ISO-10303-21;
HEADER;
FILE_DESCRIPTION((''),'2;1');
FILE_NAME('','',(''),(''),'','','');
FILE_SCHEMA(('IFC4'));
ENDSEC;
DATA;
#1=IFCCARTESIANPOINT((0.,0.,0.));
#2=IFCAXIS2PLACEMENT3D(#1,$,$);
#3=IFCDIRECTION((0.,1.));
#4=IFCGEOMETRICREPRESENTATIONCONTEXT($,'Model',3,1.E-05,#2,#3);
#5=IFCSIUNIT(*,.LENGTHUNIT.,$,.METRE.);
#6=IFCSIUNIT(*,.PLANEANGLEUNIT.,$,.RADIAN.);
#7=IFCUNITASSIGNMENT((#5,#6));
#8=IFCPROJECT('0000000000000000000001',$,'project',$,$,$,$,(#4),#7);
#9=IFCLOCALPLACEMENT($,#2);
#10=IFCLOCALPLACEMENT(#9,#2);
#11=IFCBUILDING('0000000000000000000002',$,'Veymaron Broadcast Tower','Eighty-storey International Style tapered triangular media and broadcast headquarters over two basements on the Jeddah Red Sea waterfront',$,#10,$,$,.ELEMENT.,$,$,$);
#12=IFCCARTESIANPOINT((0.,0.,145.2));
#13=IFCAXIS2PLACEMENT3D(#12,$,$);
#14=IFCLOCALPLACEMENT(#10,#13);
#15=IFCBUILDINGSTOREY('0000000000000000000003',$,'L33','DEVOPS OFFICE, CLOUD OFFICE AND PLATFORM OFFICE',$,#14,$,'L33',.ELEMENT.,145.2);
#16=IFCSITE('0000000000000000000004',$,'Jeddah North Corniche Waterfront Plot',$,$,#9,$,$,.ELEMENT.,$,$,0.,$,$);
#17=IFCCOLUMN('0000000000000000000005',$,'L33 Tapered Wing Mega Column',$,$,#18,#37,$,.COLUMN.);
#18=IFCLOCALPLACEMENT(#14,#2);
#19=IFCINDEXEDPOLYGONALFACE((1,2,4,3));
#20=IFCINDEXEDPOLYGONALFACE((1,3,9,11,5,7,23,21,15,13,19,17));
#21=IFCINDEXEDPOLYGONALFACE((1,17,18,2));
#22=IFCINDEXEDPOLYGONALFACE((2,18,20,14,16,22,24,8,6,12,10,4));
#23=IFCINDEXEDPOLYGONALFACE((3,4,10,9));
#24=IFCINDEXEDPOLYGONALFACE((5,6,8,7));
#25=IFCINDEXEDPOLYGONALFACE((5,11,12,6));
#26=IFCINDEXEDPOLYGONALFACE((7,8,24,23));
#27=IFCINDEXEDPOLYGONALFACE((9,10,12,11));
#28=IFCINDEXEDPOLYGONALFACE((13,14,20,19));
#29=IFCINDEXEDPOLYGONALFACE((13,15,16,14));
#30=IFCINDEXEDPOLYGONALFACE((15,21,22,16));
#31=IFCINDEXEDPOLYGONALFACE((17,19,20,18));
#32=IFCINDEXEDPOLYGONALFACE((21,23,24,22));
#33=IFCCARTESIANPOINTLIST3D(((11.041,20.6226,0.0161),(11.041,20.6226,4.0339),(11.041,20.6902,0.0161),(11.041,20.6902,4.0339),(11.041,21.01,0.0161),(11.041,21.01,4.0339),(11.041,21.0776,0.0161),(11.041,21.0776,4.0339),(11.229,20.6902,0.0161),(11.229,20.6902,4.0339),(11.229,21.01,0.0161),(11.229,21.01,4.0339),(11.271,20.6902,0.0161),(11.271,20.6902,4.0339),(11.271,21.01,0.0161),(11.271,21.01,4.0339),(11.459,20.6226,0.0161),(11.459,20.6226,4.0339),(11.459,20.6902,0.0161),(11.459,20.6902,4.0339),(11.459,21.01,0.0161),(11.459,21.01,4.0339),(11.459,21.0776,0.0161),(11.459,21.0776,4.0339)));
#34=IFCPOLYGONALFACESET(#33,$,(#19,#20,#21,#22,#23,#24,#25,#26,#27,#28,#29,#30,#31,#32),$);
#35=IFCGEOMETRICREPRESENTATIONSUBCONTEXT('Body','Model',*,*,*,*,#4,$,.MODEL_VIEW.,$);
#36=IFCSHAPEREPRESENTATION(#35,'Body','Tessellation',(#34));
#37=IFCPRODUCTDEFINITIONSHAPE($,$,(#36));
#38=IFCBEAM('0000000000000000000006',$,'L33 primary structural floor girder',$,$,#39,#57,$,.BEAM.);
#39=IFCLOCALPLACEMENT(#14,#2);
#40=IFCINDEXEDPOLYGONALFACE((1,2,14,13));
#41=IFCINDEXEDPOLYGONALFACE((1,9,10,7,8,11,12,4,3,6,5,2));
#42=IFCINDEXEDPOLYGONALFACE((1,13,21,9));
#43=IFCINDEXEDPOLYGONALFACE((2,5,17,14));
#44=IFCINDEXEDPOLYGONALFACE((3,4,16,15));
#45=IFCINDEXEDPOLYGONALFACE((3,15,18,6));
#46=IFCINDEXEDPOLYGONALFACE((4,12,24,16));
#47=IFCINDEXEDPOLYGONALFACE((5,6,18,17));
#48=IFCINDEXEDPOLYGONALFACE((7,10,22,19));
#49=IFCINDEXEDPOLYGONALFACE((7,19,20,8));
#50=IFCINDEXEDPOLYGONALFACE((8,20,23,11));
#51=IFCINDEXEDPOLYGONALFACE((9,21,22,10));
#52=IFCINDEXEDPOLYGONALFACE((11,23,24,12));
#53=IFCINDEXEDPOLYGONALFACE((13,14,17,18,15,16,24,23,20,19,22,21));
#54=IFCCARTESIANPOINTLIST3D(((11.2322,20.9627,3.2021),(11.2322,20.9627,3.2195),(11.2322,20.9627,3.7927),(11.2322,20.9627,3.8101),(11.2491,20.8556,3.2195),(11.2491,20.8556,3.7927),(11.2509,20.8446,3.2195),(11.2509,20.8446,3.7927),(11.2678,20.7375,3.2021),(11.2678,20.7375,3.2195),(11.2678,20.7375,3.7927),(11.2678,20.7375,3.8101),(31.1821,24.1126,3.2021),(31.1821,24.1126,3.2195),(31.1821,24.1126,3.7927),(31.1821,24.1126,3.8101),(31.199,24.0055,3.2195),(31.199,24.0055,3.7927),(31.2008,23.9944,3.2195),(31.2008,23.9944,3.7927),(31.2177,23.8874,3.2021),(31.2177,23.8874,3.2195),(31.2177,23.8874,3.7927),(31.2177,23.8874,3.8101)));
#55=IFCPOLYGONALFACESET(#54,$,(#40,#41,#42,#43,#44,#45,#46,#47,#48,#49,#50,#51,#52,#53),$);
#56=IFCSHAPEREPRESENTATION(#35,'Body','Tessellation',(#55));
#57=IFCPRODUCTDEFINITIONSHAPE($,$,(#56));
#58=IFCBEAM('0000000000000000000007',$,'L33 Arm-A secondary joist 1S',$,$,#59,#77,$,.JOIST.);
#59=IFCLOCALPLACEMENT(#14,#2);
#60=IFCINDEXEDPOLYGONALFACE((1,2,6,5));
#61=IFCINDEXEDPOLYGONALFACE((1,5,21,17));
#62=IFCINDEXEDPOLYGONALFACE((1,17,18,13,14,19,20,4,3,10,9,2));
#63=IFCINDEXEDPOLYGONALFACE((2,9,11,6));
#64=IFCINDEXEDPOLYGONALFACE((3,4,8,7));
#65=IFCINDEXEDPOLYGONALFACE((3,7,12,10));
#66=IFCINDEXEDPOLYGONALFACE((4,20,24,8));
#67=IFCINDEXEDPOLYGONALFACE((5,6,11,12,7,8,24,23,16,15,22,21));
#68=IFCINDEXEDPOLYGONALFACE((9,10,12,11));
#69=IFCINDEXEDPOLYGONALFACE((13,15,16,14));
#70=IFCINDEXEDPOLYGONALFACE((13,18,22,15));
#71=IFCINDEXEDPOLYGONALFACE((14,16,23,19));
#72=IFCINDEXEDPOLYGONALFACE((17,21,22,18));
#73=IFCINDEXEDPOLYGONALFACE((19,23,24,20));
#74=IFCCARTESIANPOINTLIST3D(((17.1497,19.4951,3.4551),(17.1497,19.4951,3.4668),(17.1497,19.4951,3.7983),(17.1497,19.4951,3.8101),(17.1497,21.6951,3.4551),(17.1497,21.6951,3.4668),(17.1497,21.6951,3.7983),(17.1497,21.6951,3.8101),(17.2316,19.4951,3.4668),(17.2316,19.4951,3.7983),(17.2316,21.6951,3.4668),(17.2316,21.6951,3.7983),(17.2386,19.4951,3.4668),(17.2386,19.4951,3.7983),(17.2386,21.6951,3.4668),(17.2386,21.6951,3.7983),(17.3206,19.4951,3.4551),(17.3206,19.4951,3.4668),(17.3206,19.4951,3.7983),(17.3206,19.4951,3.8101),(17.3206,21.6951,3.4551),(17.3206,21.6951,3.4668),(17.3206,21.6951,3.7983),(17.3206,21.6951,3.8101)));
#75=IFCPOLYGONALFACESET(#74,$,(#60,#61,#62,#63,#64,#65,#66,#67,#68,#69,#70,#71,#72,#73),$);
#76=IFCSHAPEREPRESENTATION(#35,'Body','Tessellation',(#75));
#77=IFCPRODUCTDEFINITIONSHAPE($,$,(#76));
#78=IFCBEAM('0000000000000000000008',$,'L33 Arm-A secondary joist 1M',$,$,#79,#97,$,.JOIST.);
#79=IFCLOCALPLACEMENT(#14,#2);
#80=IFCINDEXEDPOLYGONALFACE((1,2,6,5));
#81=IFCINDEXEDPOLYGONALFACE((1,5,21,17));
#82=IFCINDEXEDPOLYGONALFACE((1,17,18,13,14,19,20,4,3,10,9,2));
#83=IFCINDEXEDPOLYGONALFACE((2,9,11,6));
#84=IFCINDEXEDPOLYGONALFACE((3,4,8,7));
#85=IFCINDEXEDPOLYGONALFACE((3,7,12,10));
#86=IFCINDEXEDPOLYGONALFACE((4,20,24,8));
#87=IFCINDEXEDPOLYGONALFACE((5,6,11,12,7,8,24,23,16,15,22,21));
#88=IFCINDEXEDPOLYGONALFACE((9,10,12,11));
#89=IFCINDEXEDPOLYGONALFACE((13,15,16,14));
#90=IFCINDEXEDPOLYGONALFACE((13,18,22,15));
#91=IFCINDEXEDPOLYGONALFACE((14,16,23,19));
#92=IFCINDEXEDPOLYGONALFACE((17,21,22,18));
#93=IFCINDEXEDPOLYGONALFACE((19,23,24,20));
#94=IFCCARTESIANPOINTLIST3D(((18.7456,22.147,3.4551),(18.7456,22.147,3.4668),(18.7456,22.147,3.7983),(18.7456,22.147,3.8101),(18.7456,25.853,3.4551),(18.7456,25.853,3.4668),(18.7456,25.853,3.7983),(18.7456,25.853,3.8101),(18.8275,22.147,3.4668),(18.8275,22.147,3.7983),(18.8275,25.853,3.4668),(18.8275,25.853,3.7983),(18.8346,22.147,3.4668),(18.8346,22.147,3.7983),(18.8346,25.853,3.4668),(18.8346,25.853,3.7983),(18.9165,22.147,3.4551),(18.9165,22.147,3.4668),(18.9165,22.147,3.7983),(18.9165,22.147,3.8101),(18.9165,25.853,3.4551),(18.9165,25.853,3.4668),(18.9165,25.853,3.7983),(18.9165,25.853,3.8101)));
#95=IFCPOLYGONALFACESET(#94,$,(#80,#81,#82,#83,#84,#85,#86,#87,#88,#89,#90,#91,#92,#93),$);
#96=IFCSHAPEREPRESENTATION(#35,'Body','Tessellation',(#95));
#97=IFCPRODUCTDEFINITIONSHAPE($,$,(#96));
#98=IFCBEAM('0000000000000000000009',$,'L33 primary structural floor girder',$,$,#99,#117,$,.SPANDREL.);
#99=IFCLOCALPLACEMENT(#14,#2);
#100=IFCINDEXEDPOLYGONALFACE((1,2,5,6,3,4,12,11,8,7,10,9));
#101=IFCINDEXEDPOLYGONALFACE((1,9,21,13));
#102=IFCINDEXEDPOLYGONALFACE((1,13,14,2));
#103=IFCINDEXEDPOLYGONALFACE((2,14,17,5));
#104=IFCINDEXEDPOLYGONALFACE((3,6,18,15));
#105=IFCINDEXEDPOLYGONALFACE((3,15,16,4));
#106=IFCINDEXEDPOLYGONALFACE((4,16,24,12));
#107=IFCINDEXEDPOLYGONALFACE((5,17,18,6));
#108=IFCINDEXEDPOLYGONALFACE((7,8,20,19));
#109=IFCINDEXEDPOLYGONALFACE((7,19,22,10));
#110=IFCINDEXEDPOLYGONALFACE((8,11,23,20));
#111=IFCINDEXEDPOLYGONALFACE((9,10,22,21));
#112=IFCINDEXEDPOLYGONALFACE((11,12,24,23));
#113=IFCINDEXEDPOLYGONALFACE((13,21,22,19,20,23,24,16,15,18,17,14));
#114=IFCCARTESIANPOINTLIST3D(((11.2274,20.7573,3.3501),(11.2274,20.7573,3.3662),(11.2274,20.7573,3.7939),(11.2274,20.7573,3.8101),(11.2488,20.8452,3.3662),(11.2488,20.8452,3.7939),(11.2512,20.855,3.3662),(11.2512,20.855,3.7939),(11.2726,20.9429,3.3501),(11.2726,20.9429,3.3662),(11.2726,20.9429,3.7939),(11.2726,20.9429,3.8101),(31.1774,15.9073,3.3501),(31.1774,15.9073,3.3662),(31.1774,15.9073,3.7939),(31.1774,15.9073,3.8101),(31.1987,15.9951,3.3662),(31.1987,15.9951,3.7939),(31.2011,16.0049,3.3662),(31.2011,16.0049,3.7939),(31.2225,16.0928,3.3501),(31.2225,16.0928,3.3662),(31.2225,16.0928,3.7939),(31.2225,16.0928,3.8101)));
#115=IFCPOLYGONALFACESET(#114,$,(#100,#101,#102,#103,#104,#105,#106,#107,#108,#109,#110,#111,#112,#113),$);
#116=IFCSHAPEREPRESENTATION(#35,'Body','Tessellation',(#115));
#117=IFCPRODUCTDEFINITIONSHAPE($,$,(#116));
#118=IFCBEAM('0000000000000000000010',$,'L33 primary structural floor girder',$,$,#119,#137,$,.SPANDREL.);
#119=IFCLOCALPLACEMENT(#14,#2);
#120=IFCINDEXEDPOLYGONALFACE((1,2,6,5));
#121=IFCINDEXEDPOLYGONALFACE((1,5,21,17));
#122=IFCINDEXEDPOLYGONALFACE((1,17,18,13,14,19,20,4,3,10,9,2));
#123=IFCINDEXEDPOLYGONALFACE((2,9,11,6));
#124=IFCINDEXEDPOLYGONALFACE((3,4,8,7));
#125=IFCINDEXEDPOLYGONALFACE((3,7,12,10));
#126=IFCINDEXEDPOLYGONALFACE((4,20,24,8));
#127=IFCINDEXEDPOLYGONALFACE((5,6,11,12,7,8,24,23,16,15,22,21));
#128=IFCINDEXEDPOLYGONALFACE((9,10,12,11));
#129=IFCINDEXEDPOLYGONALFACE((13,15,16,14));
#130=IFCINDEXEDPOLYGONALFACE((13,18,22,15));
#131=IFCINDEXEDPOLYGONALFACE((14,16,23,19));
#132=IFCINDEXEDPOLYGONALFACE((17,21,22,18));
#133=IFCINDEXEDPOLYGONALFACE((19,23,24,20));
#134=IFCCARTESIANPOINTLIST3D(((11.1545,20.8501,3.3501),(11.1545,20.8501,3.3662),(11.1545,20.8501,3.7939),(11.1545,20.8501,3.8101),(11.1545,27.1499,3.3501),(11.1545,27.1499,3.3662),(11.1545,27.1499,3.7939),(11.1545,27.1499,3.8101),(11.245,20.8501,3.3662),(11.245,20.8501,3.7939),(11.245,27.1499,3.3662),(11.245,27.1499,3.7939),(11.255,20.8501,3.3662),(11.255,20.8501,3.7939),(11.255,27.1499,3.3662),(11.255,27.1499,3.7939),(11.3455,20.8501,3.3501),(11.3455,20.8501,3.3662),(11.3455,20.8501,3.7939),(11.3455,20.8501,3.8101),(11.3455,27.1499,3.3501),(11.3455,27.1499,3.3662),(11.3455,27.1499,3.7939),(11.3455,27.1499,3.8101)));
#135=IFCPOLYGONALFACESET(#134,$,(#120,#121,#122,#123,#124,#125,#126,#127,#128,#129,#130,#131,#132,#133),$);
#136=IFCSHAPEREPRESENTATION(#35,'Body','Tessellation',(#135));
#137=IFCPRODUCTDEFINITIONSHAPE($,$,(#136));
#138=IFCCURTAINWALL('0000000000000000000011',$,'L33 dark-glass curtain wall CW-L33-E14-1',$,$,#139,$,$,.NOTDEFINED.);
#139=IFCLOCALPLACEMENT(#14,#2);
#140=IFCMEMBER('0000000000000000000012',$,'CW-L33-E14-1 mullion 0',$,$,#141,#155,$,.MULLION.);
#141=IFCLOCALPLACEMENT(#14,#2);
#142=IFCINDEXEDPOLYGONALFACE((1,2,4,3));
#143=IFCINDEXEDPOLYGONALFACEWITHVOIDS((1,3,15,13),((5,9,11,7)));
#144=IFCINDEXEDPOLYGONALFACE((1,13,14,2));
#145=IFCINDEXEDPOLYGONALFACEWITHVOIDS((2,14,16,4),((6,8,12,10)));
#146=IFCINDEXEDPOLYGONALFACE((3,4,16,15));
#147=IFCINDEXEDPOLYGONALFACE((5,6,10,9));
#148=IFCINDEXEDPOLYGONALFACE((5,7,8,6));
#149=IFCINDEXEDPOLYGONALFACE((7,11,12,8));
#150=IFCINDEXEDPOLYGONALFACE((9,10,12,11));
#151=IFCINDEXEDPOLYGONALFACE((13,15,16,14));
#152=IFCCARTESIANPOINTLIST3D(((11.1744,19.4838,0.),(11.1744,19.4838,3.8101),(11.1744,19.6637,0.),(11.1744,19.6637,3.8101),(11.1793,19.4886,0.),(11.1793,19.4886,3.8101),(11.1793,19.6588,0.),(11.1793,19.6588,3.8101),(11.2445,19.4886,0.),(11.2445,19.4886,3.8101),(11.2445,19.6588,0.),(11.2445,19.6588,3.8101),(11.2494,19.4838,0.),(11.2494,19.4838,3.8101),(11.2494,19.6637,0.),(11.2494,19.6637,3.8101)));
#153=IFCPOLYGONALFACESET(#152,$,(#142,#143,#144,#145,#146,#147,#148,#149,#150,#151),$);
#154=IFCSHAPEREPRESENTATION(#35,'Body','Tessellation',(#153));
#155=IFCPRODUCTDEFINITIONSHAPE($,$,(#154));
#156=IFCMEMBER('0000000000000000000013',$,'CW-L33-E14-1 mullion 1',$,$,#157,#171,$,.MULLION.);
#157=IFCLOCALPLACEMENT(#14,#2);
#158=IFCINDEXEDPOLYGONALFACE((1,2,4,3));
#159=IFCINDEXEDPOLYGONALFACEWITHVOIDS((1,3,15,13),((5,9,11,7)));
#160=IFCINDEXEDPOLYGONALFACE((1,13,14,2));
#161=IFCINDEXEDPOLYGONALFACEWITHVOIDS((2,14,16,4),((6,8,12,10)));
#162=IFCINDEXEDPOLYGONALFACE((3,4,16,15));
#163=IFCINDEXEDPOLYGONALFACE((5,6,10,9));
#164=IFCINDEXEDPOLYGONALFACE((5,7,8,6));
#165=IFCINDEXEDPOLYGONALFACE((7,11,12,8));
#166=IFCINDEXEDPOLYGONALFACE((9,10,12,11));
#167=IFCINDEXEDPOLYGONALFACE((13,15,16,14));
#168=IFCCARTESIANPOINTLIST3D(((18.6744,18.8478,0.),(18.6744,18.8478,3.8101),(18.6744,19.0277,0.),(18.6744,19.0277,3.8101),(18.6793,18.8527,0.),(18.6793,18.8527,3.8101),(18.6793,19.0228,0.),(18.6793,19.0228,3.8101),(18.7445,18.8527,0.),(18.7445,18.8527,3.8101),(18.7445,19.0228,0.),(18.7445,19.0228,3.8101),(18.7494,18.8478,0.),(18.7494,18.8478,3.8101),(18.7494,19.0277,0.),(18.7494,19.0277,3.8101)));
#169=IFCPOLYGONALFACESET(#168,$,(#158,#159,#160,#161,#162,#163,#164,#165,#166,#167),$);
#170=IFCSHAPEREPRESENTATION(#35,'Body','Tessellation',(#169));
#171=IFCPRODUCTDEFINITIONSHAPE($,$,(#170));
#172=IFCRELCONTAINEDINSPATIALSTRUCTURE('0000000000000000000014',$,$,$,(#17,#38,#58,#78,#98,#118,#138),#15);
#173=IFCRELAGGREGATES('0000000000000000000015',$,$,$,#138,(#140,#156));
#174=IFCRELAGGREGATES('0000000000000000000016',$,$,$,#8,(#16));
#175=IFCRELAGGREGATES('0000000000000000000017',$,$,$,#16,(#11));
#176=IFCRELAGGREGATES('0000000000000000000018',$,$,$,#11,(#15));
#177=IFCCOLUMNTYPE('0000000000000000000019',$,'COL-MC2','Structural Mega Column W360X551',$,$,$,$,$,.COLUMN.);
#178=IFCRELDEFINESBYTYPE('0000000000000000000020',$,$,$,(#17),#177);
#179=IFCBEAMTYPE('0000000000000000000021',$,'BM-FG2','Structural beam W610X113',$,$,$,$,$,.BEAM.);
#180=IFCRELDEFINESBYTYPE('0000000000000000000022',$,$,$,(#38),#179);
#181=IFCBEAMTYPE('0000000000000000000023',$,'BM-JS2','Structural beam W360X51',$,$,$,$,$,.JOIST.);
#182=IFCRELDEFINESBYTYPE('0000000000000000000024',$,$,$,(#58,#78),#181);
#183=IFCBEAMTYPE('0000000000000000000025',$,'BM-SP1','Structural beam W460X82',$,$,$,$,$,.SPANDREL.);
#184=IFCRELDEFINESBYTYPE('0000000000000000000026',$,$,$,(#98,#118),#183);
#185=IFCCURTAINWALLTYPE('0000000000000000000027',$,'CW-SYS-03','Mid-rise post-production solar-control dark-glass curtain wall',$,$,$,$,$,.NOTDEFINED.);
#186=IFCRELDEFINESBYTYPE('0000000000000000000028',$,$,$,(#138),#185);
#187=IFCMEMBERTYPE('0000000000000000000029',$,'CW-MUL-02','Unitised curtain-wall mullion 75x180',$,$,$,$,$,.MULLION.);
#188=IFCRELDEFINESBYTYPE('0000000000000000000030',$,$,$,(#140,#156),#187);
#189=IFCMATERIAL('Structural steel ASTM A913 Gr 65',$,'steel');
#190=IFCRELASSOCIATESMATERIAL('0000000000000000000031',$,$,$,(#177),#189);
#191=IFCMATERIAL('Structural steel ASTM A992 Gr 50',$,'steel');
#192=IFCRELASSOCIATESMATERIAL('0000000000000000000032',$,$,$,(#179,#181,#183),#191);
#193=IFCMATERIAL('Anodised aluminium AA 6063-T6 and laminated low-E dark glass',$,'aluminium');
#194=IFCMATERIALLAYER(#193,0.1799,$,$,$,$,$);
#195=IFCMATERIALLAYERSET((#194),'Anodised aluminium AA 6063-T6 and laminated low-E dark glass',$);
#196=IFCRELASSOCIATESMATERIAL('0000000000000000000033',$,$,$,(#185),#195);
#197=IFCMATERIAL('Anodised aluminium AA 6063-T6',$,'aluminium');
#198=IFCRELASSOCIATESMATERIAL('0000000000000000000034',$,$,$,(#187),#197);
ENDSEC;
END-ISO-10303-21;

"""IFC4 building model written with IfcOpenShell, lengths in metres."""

from ifc_helpers import new_model, si_unit, direction, frame, origin, origin_2d, place, context, subcontext, project, spatial, hollow_rectangle, i_section, extrude, material, layer, layer_set, material_profile, profile_set, type_object, element, aggregate, save


model = new_model("IFC4")

# Units and contexts
model_context = context("Model", 3, precision=1e-05, world=origin(), true_north=direction((0.0, 1.0)))
body_context = subcontext(model_context, "Body", "Model", "MODEL_VIEW")
ifc_project = project(units=[si_unit("LENGTHUNIT", "METRE"), si_unit("PLANEANGLEUNIT", "RADIAN")], contexts=[model_context])

# Site, building, storey
site_placement = place(None, origin())
site = spatial("IfcSite", under=ifc_project, at=site_placement, Name="Jeddah North Corniche Waterfront Plot", CompositionType="ELEMENT", RefElevation=0.0)
building_placement = place(site_placement, origin())
building = spatial("IfcBuilding", under=site, at=building_placement, Name="Veymaron Broadcast Tower", Description="Eighty-storey International Style tapered triangular media and broadcast headquarters over two basements on the Jeddah Red Sea waterfront", CompositionType="ELEMENT")
storey_placement = place(building_placement, frame((0.0, 0.0, 145.2)))
storey = spatial("IfcBuildingStorey", under=building, at=storey_placement, Name="L33", Description="DEVOPS OFFICE, CLOUD OFFICE AND PLATFORM OFFICE", LongName="L33", CompositionType="ELEMENT", Elevation=145.2)

# Column
ifc_material_1 = material(Name="Structural steel ASTM A913 Gr 65", Category="steel")
ifc_material_profile_1 = material_profile(ifc_material_1, i_section(OverallWidth=0.418, OverallDepth=0.4551, WebThickness=0.042, FlangeThickness=0.0676, at=origin_2d()), Name="W360X551")
ifc_profile_set_1 = profile_set([ifc_material_profile_1], Name="Structural steel ASTM A913 Gr 65")
column_type = type_object("IfcColumnType", Name="COL-MC2", Description="Structural Mega Column W360X551", PredefinedType="COLUMN", material=ifc_profile_set_1)
column_placement = place(storey_placement, frame((11.25, 20.8501, 0.0161), z_axis=(0.0, 0.0, 1.0), x_axis=(1.0, 0.0, 0.0)))
element("IfcColumn", 1, at=column_placement, inside=storey, type_object=column_type, Name="L33 Tapered Wing Mega Column", PredefinedType="COLUMN", context=body_context, shape_type="SweptSolid", body=[
    extrude(i_section(OverallWidth=0.418, OverallDepth=0.4551, WebThickness=0.042, FlangeThickness=0.0676, at=origin_2d()), origin(), (0.0, 0.0, 1.0), 4.0178),
])

# Beams
ifc_material_2 = material(Name="Structural steel ASTM A992 Gr 50", Category="steel")
ifc_material_profile_2 = material_profile(ifc_material_2, i_section(OverallWidth=0.228, OverallDepth=0.6079, WebThickness=0.0112, FlangeThickness=0.0173, at=origin_2d()), Name="W610X113")
ifc_profile_set_2 = profile_set([ifc_material_profile_2], Name="Structural steel ASTM A992 Gr 50")
beam_type_1 = type_object("IfcBeamType", Name="BM-FG2", Description="Structural beam W610X113", PredefinedType="BEAM", material=ifc_profile_set_2)
beam_1_placement = place(storey_placement, frame((11.25, 20.8501, 3.5061), z_axis=(0.987764, 0.155958, 0.0), x_axis=(-0.155958, 0.987764, 0.0)))
element("IfcBeam", 2, at=beam_1_placement, inside=storey, type_object=beam_type_1, Name="L33 primary structural floor girder", PredefinedType="BEAM", context=body_context, shape_type="SweptSolid", body=[
    extrude(i_section(OverallWidth=0.228, OverallDepth=0.6079, WebThickness=0.0112, FlangeThickness=0.0173, at=origin_2d()), origin(), (0.0, 0.0, 1.0), 20.197),
])
ifc_material_profile_3 = material_profile(ifc_material_2, i_section(OverallWidth=0.1709, OverallDepth=0.355, WebThickness=0.0071, FlangeThickness=0.0117, at=origin_2d()), Name="W360X51")
ifc_profile_set_3 = profile_set([ifc_material_profile_3], Name="Structural steel ASTM A992 Gr 50")
beam_type_2 = type_object("IfcBeamType", Name="BM-JS2", Description="Structural beam W360X51", PredefinedType="JOIST", material=ifc_profile_set_3)
beam_2_placement = place(storey_placement, frame((17.2351, 19.4951, 3.6326), z_axis=(0.0, 1.0, 0.0), x_axis=(-1.0, 0.0, 0.0)))
element("IfcBeam", 3, at=beam_2_placement, inside=storey, type_object=beam_type_2, Name="L33 Arm-A secondary joist 1S", PredefinedType="JOIST", context=body_context, shape_type="SweptSolid", body=[
    extrude(i_section(OverallWidth=0.1709, OverallDepth=0.355, WebThickness=0.0071, FlangeThickness=0.0117, at=origin_2d()), origin(), (0.0, 0.0, 1.0), 2.2),
])
beam_3_placement = place(storey_placement, frame((18.8311, 22.147, 3.6326), z_axis=(0.0, 1.0, 0.0), x_axis=(-1.0, 0.0, 0.0)))
element("IfcBeam", 4, at=beam_3_placement, inside=storey, type_object=beam_type_2, Name="L33 Arm-A secondary joist 1M", PredefinedType="JOIST", context=body_context, shape_type="SweptSolid", body=[
    extrude(i_section(OverallWidth=0.1709, OverallDepth=0.355, WebThickness=0.0071, FlangeThickness=0.0117, at=origin_2d()), origin(), (0.0, 0.0, 1.0), 3.7061),
])
ifc_material_profile_4 = material_profile(ifc_material_2, i_section(OverallWidth=0.1909, OverallDepth=0.46, WebThickness=0.01, FlangeThickness=0.0161, at=origin_2d()), Name="W460X82")
ifc_profile_set_4 = profile_set([ifc_material_profile_4], Name="Structural steel ASTM A992 Gr 50")
beam_type_3 = type_object("IfcBeamType", Name="BM-SP1", Description="Structural beam W460X82", PredefinedType="SPANDREL", material=ifc_profile_set_4)
beam_4_placement = place(storey_placement, frame((11.25, 20.8501, 3.5801), z_axis=(0.971697, -0.236232, 0.0), x_axis=(0.236232, 0.971697, 0.0)))
element("IfcBeam", 5, at=beam_4_placement, inside=storey, type_object=beam_type_3, Name="L33 primary structural floor girder", PredefinedType="SPANDREL", context=body_context, shape_type="SweptSolid", body=[
    extrude(i_section(OverallWidth=0.1909, OverallDepth=0.46, WebThickness=0.01, FlangeThickness=0.0161, at=origin_2d()), origin(), (0.0, 0.0, 1.0), 20.531),
])
beam_5_placement = place(storey_placement, frame((11.25, 20.8501, 3.5801), z_axis=(0.0, 1.0, 0.0), x_axis=(-1.0, 0.0, 0.0)))
element("IfcBeam", 6, at=beam_5_placement, inside=storey, type_object=beam_type_3, Name="L33 primary structural floor girder", PredefinedType="SPANDREL", context=body_context, shape_type="SweptSolid", body=[
    extrude(i_section(OverallWidth=0.1909, OverallDepth=0.46, WebThickness=0.01, FlangeThickness=0.0161, at=origin_2d()), origin(), (0.0, 0.0, 1.0), 6.2998),
])

# Curtain wall, members
ifc_material_3 = material(Name="Anodised aluminium AA 6063-T6 and laminated low-E dark glass", Category="aluminium")
ifc_layer_1 = layer(ifc_material_3, 0.1799)
ifc_layer_set_1 = layer_set([ifc_layer_1], Name="Anodised aluminium AA 6063-T6 and laminated low-E dark glass")
curtain_wall_type = type_object("IfcCurtainWallType", Name="CW-SYS-03", Description="Mid-rise post-production solar-control dark-glass curtain wall", PredefinedType="NOTDEFINED", material=ifc_layer_set_1)
curtain_wall_placement = place(storey_placement, origin())
curtain_wall = element("IfcCurtainWall", 7, at=curtain_wall_placement, inside=storey, type_object=curtain_wall_type, Name="L33 dark-glass curtain wall CW-L33-E14-1", PredefinedType="NOTDEFINED")
ifc_material_4 = material(Name="Anodised aluminium AA 6063-T6", Category="aluminium")
ifc_material_profile_5 = material_profile(ifc_material_4, hollow_rectangle(XDim=0.075, YDim=0.1799, WallThickness=0.0049, at=origin_2d()), Name="AL180X75X5")
ifc_profile_set_5 = profile_set([ifc_material_profile_5], Name="Anodised aluminium AA 6063-T6")
member_type_1 = type_object("IfcMemberType", Name="CW-MUL-02", Description="Unitised curtain-wall mullion 75x180", PredefinedType="MULLION", material=ifc_profile_set_5)
member_1_placement = place(storey_placement, frame((11.2119, 19.5737, 0.0), z_axis=(0.0, 0.0, 1.0), x_axis=(1.0, 0.0, 0.0)))
member_1 = element("IfcMember", 8, at=member_1_placement, type_object=member_type_1, Name="CW-L33-E14-1 mullion 0", PredefinedType="MULLION", context=body_context, shape_type="SweptSolid", body=[
    extrude(hollow_rectangle(XDim=0.075, YDim=0.1799, WallThickness=0.0049, at=origin_2d()), origin(), (0.0, 0.0, 1.0), 3.8101),
])
member_2_placement = place(storey_placement, frame((18.7119, 18.9377, 0.0), z_axis=(0.0, 0.0, 1.0), x_axis=(1.0, 0.0, 0.0)))
member_2 = element("IfcMember", 9, at=member_2_placement, type_object=member_type_1, Name="CW-L33-E14-1 mullion 1", PredefinedType="MULLION", context=body_context, shape_type="SweptSolid", body=[
    extrude(hollow_rectangle(XDim=0.075, YDim=0.1799, WallThickness=0.0049, at=origin_2d()), origin(), (0.0, 0.0, 1.0), 3.8101),
])
aggregate(curtain_wall, [member_1, member_2])

save(model, "model.ifc")
